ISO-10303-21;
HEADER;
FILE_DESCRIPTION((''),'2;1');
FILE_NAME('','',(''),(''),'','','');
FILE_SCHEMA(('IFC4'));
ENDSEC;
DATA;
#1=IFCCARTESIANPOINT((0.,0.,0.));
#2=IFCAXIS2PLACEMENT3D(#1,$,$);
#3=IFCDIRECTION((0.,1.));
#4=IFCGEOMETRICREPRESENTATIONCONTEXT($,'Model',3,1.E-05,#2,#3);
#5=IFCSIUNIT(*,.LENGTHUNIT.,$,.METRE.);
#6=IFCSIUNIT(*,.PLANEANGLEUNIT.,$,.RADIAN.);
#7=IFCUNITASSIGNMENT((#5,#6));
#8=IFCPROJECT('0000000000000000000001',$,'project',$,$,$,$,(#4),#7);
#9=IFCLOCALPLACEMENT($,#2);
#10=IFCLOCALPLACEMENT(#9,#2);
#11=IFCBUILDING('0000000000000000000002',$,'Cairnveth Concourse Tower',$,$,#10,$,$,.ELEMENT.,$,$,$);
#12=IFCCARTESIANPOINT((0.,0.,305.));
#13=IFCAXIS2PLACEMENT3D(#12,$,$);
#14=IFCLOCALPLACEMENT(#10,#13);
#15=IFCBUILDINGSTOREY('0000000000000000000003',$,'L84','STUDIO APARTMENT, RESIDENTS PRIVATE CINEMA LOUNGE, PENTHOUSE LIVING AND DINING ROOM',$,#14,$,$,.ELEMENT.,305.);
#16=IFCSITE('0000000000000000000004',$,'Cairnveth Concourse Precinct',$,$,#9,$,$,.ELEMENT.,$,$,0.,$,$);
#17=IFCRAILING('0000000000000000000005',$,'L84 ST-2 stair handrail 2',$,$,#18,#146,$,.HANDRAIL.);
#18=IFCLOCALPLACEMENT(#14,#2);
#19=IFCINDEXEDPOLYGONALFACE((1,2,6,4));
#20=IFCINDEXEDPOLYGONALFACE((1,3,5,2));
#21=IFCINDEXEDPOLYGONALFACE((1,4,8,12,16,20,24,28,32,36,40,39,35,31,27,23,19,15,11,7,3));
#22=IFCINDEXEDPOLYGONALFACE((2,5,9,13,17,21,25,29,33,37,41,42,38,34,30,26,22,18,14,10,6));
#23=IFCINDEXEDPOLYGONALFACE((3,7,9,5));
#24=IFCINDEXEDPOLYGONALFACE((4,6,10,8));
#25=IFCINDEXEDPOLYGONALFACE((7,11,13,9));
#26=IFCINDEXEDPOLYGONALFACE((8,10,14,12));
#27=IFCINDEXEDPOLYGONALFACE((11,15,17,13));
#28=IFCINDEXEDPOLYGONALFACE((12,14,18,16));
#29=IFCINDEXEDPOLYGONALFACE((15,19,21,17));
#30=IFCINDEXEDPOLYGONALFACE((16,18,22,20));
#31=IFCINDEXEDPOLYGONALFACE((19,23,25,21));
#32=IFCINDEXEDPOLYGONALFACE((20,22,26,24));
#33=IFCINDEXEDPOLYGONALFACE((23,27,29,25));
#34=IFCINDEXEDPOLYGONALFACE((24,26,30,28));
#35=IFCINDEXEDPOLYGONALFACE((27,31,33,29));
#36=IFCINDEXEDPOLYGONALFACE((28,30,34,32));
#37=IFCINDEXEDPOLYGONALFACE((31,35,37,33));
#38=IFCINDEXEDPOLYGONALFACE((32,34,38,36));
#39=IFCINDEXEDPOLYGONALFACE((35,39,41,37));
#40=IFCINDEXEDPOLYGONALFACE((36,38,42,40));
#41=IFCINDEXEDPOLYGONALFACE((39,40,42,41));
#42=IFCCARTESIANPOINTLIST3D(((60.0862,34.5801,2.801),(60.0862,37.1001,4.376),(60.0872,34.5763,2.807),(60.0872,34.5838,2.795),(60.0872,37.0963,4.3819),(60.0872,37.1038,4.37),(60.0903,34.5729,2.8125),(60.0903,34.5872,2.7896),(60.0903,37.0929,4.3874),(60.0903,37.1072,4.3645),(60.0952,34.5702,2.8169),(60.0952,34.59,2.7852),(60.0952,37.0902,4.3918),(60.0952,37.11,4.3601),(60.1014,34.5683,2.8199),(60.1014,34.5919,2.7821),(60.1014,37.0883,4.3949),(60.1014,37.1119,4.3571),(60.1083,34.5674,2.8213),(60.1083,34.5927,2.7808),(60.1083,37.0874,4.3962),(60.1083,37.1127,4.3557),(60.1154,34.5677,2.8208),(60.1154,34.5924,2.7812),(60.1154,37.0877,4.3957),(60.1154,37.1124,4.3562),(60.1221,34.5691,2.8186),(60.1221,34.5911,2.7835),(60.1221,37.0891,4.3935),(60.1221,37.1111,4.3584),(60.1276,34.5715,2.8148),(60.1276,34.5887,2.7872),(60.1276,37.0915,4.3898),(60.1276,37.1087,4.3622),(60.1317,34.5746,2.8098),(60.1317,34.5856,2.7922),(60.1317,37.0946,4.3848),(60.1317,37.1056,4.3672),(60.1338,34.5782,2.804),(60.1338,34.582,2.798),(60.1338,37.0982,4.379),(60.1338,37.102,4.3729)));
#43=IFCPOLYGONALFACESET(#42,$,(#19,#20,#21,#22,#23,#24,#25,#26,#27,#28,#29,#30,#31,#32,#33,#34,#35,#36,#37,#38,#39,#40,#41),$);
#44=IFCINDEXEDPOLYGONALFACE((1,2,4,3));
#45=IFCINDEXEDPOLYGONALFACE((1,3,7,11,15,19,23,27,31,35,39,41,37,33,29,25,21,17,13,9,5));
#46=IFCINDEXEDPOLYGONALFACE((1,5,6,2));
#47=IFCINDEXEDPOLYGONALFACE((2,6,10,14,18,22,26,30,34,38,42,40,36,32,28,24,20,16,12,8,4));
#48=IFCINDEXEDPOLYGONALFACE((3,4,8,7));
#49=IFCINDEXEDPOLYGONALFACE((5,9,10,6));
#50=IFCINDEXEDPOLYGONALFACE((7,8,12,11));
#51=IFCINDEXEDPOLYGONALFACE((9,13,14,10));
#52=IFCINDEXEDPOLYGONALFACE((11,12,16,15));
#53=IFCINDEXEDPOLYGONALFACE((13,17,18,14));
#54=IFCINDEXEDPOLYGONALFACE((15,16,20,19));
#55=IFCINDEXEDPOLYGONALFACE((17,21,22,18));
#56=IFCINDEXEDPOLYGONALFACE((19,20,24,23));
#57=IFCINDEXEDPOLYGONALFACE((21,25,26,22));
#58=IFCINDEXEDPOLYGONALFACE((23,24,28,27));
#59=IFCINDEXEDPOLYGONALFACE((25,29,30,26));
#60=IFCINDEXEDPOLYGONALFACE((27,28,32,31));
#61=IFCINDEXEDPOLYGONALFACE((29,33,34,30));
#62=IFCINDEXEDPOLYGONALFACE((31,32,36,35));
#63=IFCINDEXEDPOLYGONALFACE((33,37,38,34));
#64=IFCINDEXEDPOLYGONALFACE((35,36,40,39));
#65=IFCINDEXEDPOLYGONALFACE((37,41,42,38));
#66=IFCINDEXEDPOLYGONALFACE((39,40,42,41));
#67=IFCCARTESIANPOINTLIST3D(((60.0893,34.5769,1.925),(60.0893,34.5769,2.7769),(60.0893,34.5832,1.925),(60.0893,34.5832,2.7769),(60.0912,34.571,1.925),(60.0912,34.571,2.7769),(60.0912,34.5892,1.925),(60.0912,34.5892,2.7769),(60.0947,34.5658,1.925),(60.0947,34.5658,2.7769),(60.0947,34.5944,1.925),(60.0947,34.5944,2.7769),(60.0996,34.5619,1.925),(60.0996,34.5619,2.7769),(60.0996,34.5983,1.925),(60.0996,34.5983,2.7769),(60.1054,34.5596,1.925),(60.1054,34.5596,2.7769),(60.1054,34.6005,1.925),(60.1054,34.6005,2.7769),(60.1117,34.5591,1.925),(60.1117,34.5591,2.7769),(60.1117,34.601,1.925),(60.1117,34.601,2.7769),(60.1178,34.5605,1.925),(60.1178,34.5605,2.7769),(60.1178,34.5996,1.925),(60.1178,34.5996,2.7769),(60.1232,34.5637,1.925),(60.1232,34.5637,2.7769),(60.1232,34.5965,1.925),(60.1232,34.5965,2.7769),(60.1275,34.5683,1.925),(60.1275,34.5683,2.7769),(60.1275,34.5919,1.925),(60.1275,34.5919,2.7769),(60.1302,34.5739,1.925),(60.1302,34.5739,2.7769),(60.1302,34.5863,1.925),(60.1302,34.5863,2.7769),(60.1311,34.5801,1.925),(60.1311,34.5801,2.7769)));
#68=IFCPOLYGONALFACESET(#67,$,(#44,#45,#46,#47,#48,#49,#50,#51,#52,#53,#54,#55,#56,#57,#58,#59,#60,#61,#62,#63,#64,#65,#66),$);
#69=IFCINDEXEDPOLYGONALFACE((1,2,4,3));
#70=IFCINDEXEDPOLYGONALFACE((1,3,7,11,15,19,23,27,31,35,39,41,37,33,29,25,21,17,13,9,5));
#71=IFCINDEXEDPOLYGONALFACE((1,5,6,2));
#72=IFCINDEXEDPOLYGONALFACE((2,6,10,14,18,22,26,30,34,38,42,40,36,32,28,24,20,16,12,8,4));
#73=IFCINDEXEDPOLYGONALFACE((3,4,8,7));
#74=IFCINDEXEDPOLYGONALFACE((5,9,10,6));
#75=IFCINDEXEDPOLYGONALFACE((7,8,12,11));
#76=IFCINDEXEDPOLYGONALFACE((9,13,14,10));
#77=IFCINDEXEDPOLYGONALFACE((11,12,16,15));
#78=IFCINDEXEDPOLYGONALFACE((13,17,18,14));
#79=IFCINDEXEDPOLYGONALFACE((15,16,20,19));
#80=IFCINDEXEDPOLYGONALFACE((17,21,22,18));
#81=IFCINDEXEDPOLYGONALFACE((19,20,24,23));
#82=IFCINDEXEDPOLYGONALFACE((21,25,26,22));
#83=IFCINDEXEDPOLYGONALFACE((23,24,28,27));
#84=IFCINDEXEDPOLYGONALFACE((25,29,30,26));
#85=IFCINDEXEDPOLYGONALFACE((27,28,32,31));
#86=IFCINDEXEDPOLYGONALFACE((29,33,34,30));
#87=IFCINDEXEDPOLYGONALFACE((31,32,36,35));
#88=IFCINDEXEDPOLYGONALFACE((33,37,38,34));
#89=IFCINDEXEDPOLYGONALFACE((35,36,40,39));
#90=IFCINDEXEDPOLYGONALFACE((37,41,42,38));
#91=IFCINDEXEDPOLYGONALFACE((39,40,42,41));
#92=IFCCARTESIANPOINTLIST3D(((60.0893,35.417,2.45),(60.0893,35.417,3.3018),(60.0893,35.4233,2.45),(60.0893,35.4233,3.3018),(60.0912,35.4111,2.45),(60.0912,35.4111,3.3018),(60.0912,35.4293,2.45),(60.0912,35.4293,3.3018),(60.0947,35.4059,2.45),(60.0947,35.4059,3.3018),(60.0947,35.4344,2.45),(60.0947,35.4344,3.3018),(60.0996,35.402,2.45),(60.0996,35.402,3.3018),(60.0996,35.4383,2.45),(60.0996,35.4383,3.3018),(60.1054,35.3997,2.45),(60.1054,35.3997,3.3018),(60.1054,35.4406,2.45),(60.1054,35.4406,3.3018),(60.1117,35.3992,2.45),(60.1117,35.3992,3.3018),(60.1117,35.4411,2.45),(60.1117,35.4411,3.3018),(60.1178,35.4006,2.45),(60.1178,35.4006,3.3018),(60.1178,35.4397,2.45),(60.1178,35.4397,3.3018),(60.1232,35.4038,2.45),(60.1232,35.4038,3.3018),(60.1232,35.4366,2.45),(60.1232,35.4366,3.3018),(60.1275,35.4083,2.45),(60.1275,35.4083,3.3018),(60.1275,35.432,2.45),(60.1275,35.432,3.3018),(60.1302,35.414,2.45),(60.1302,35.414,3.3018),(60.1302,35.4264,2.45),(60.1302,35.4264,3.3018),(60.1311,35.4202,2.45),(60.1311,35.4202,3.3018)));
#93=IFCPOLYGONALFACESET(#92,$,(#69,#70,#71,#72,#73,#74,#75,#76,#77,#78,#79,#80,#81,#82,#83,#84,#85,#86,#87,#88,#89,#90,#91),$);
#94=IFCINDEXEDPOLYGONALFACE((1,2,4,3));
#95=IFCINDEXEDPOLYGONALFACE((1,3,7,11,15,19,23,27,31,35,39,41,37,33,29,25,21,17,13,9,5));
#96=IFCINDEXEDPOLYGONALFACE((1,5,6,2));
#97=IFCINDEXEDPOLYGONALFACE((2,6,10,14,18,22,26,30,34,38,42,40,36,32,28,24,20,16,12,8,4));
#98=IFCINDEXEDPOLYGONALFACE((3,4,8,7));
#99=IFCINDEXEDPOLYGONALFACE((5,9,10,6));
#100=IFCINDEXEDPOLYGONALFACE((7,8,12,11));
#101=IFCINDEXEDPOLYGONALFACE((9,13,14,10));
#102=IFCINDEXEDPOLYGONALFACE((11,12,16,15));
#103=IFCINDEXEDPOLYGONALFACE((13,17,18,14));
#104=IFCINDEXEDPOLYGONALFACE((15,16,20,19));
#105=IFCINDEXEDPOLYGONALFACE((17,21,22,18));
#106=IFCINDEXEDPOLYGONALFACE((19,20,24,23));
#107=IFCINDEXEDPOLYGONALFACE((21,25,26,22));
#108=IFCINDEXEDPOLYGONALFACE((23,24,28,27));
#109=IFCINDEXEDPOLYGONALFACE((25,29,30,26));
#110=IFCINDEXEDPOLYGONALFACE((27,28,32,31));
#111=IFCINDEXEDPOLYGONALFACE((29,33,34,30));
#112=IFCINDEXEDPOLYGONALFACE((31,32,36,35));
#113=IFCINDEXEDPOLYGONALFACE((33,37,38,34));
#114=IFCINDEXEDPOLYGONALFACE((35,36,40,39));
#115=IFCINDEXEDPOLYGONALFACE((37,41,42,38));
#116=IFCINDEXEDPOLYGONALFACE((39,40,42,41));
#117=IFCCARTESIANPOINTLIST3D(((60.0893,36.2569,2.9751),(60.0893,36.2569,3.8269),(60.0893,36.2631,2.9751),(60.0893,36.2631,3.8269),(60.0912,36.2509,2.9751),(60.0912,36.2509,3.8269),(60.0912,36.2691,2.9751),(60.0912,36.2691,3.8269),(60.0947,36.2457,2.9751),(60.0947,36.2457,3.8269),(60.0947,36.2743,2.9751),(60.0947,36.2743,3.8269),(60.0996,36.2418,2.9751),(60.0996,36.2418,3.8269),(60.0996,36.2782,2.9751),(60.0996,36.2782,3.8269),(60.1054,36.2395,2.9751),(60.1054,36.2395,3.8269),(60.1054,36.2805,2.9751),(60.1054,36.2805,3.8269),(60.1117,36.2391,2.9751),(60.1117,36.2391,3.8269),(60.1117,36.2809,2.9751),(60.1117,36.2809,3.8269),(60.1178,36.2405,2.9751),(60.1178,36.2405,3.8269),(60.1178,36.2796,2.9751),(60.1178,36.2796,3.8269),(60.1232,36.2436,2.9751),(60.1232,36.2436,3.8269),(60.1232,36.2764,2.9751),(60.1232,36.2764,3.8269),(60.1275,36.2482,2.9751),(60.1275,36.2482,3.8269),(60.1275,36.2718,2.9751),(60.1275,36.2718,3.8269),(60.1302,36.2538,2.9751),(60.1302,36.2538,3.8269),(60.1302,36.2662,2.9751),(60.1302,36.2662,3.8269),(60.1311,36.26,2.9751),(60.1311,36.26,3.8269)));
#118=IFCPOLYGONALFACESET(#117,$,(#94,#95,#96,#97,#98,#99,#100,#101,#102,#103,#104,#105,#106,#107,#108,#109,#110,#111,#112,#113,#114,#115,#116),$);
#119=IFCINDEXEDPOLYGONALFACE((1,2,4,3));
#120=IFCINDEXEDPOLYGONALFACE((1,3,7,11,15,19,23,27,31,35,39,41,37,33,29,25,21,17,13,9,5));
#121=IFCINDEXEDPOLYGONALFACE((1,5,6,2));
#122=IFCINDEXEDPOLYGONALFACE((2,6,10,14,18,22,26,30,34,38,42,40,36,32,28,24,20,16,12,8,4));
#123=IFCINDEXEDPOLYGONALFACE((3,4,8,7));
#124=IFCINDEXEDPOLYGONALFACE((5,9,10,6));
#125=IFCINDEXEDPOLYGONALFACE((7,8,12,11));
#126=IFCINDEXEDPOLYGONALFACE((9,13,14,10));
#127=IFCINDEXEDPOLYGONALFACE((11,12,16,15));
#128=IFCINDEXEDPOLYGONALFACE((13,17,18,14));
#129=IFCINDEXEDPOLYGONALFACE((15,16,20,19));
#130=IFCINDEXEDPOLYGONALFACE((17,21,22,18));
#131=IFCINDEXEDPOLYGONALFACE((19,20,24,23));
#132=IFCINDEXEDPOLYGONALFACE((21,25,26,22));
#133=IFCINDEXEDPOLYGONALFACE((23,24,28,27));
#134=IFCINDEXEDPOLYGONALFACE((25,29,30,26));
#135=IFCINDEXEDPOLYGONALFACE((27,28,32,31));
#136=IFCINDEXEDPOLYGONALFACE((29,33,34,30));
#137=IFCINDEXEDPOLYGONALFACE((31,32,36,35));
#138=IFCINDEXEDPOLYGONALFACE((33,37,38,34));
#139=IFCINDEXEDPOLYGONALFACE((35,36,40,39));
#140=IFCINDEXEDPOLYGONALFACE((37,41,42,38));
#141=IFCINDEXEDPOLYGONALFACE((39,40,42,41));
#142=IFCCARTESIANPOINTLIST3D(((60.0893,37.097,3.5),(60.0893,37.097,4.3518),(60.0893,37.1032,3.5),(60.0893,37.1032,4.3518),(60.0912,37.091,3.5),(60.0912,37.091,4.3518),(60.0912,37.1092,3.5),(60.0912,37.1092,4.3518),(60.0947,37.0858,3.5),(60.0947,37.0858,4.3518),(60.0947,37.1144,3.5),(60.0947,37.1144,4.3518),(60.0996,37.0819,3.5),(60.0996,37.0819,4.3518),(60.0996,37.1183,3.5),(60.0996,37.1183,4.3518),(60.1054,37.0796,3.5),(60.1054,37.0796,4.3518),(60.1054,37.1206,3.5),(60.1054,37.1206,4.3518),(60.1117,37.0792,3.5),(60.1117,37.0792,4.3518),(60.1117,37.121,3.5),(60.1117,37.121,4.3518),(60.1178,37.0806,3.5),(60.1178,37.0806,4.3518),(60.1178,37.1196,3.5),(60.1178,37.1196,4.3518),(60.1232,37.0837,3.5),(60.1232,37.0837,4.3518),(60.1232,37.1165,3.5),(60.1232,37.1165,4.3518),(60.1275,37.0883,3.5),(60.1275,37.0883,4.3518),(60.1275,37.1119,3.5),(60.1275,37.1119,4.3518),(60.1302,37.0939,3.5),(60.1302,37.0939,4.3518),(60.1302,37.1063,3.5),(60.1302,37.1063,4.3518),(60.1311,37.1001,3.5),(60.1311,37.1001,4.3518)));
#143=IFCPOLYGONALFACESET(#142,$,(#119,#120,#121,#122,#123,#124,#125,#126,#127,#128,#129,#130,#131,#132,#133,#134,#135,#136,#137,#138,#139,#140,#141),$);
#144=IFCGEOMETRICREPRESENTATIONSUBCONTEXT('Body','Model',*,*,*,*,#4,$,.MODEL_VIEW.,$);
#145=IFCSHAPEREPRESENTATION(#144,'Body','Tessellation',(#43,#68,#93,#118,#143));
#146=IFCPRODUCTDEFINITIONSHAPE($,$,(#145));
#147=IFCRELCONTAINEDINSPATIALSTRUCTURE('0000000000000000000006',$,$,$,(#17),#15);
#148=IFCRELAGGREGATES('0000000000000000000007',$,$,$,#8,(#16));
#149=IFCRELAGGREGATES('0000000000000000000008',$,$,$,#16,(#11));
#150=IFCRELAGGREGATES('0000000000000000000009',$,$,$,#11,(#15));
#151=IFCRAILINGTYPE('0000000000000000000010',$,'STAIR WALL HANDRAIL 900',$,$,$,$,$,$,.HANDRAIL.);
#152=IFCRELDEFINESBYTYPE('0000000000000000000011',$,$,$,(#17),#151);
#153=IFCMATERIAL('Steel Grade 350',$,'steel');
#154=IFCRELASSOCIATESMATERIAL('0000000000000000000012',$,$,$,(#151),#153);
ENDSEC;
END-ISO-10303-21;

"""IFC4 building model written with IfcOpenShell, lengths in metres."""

from ifc_helpers import new_model, si_unit, direction, frame, origin, origin_2d, place, context, subcontext, project, spatial, circle, extrude, material, type_object, element, save


model = new_model("IFC4")

# Units and contexts
model_context = context("Model", 3, precision=1e-05, world=origin(), true_north=direction((0.0, 1.0)))
body_context = subcontext(model_context, "Body", "Model", "MODEL_VIEW")
ifc_project = project(units=[si_unit("LENGTHUNIT", "METRE"), si_unit("PLANEANGLEUNIT", "RADIAN")], contexts=[model_context])

# Site, building, storey
site_placement = place(None, origin())
site = spatial("IfcSite", under=ifc_project, at=site_placement, Name="Cairnveth Concourse Precinct", CompositionType="ELEMENT", RefElevation=0.0)
building_placement = place(site_placement, origin())
building = spatial("IfcBuilding", under=site, at=building_placement, Name="Cairnveth Concourse Tower", CompositionType="ELEMENT")
storey_placement = place(building_placement, frame((0.0, 0.0, 305.0)))
storey = spatial("IfcBuildingStorey", under=building, at=storey_placement, Name="L84", Description="STUDIO APARTMENT, RESIDENTS PRIVATE CINEMA LOUNGE, PENTHOUSE LIVING AND DINING ROOM", CompositionType="ELEMENT", Elevation=305.0)

# Shared definitions
ifc_material_1 = material(Name="Steel Grade 350", Category="steel")

# Railing
railing_type_1 = type_object("IfcRailingType", Name="STAIR WALL HANDRAIL 900", PredefinedType="HANDRAIL", material=ifc_material_1)
railing_1_placement = place(storey_placement, frame((60.1101, 34.5801, 1.925)))
element("IfcRailing", 1, at=railing_1_placement, inside=storey, type_object=railing_type_1, Name="L84 ST-2 stair handrail 2", PredefinedType="HANDRAIL", context=body_context, shape_type="SweptSolid", body=[
    extrude(circle(Radius=0.0239, at=origin_2d()), frame((0.0, 0.0, 0.876), z_axis=(0.0, 0.848008, 0.529984), x_axis=(-1.0, 0.0, 0.0)), (0.0, 0.0, 1.0), 2.9717),
    extrude(circle(Radius=0.021, at=origin_2d()), origin(), (0.0, 0.0, 1.0), 0.8518),
    extrude(circle(Radius=0.021, at=origin_2d()), frame((0.0, 0.8401, 0.5249)), (0.0, 0.0, 1.0), 0.8518),
    extrude(circle(Radius=0.021, at=origin_2d()), frame((0.0, 1.6799, 1.05)), (0.0, 0.0, 1.0), 0.8518),
    extrude(circle(Radius=0.021, at=origin_2d()), frame((0.0, 2.52, 1.575)), (0.0, 0.0, 1.0), 0.8518),
])

save(model, "model.ifc")
